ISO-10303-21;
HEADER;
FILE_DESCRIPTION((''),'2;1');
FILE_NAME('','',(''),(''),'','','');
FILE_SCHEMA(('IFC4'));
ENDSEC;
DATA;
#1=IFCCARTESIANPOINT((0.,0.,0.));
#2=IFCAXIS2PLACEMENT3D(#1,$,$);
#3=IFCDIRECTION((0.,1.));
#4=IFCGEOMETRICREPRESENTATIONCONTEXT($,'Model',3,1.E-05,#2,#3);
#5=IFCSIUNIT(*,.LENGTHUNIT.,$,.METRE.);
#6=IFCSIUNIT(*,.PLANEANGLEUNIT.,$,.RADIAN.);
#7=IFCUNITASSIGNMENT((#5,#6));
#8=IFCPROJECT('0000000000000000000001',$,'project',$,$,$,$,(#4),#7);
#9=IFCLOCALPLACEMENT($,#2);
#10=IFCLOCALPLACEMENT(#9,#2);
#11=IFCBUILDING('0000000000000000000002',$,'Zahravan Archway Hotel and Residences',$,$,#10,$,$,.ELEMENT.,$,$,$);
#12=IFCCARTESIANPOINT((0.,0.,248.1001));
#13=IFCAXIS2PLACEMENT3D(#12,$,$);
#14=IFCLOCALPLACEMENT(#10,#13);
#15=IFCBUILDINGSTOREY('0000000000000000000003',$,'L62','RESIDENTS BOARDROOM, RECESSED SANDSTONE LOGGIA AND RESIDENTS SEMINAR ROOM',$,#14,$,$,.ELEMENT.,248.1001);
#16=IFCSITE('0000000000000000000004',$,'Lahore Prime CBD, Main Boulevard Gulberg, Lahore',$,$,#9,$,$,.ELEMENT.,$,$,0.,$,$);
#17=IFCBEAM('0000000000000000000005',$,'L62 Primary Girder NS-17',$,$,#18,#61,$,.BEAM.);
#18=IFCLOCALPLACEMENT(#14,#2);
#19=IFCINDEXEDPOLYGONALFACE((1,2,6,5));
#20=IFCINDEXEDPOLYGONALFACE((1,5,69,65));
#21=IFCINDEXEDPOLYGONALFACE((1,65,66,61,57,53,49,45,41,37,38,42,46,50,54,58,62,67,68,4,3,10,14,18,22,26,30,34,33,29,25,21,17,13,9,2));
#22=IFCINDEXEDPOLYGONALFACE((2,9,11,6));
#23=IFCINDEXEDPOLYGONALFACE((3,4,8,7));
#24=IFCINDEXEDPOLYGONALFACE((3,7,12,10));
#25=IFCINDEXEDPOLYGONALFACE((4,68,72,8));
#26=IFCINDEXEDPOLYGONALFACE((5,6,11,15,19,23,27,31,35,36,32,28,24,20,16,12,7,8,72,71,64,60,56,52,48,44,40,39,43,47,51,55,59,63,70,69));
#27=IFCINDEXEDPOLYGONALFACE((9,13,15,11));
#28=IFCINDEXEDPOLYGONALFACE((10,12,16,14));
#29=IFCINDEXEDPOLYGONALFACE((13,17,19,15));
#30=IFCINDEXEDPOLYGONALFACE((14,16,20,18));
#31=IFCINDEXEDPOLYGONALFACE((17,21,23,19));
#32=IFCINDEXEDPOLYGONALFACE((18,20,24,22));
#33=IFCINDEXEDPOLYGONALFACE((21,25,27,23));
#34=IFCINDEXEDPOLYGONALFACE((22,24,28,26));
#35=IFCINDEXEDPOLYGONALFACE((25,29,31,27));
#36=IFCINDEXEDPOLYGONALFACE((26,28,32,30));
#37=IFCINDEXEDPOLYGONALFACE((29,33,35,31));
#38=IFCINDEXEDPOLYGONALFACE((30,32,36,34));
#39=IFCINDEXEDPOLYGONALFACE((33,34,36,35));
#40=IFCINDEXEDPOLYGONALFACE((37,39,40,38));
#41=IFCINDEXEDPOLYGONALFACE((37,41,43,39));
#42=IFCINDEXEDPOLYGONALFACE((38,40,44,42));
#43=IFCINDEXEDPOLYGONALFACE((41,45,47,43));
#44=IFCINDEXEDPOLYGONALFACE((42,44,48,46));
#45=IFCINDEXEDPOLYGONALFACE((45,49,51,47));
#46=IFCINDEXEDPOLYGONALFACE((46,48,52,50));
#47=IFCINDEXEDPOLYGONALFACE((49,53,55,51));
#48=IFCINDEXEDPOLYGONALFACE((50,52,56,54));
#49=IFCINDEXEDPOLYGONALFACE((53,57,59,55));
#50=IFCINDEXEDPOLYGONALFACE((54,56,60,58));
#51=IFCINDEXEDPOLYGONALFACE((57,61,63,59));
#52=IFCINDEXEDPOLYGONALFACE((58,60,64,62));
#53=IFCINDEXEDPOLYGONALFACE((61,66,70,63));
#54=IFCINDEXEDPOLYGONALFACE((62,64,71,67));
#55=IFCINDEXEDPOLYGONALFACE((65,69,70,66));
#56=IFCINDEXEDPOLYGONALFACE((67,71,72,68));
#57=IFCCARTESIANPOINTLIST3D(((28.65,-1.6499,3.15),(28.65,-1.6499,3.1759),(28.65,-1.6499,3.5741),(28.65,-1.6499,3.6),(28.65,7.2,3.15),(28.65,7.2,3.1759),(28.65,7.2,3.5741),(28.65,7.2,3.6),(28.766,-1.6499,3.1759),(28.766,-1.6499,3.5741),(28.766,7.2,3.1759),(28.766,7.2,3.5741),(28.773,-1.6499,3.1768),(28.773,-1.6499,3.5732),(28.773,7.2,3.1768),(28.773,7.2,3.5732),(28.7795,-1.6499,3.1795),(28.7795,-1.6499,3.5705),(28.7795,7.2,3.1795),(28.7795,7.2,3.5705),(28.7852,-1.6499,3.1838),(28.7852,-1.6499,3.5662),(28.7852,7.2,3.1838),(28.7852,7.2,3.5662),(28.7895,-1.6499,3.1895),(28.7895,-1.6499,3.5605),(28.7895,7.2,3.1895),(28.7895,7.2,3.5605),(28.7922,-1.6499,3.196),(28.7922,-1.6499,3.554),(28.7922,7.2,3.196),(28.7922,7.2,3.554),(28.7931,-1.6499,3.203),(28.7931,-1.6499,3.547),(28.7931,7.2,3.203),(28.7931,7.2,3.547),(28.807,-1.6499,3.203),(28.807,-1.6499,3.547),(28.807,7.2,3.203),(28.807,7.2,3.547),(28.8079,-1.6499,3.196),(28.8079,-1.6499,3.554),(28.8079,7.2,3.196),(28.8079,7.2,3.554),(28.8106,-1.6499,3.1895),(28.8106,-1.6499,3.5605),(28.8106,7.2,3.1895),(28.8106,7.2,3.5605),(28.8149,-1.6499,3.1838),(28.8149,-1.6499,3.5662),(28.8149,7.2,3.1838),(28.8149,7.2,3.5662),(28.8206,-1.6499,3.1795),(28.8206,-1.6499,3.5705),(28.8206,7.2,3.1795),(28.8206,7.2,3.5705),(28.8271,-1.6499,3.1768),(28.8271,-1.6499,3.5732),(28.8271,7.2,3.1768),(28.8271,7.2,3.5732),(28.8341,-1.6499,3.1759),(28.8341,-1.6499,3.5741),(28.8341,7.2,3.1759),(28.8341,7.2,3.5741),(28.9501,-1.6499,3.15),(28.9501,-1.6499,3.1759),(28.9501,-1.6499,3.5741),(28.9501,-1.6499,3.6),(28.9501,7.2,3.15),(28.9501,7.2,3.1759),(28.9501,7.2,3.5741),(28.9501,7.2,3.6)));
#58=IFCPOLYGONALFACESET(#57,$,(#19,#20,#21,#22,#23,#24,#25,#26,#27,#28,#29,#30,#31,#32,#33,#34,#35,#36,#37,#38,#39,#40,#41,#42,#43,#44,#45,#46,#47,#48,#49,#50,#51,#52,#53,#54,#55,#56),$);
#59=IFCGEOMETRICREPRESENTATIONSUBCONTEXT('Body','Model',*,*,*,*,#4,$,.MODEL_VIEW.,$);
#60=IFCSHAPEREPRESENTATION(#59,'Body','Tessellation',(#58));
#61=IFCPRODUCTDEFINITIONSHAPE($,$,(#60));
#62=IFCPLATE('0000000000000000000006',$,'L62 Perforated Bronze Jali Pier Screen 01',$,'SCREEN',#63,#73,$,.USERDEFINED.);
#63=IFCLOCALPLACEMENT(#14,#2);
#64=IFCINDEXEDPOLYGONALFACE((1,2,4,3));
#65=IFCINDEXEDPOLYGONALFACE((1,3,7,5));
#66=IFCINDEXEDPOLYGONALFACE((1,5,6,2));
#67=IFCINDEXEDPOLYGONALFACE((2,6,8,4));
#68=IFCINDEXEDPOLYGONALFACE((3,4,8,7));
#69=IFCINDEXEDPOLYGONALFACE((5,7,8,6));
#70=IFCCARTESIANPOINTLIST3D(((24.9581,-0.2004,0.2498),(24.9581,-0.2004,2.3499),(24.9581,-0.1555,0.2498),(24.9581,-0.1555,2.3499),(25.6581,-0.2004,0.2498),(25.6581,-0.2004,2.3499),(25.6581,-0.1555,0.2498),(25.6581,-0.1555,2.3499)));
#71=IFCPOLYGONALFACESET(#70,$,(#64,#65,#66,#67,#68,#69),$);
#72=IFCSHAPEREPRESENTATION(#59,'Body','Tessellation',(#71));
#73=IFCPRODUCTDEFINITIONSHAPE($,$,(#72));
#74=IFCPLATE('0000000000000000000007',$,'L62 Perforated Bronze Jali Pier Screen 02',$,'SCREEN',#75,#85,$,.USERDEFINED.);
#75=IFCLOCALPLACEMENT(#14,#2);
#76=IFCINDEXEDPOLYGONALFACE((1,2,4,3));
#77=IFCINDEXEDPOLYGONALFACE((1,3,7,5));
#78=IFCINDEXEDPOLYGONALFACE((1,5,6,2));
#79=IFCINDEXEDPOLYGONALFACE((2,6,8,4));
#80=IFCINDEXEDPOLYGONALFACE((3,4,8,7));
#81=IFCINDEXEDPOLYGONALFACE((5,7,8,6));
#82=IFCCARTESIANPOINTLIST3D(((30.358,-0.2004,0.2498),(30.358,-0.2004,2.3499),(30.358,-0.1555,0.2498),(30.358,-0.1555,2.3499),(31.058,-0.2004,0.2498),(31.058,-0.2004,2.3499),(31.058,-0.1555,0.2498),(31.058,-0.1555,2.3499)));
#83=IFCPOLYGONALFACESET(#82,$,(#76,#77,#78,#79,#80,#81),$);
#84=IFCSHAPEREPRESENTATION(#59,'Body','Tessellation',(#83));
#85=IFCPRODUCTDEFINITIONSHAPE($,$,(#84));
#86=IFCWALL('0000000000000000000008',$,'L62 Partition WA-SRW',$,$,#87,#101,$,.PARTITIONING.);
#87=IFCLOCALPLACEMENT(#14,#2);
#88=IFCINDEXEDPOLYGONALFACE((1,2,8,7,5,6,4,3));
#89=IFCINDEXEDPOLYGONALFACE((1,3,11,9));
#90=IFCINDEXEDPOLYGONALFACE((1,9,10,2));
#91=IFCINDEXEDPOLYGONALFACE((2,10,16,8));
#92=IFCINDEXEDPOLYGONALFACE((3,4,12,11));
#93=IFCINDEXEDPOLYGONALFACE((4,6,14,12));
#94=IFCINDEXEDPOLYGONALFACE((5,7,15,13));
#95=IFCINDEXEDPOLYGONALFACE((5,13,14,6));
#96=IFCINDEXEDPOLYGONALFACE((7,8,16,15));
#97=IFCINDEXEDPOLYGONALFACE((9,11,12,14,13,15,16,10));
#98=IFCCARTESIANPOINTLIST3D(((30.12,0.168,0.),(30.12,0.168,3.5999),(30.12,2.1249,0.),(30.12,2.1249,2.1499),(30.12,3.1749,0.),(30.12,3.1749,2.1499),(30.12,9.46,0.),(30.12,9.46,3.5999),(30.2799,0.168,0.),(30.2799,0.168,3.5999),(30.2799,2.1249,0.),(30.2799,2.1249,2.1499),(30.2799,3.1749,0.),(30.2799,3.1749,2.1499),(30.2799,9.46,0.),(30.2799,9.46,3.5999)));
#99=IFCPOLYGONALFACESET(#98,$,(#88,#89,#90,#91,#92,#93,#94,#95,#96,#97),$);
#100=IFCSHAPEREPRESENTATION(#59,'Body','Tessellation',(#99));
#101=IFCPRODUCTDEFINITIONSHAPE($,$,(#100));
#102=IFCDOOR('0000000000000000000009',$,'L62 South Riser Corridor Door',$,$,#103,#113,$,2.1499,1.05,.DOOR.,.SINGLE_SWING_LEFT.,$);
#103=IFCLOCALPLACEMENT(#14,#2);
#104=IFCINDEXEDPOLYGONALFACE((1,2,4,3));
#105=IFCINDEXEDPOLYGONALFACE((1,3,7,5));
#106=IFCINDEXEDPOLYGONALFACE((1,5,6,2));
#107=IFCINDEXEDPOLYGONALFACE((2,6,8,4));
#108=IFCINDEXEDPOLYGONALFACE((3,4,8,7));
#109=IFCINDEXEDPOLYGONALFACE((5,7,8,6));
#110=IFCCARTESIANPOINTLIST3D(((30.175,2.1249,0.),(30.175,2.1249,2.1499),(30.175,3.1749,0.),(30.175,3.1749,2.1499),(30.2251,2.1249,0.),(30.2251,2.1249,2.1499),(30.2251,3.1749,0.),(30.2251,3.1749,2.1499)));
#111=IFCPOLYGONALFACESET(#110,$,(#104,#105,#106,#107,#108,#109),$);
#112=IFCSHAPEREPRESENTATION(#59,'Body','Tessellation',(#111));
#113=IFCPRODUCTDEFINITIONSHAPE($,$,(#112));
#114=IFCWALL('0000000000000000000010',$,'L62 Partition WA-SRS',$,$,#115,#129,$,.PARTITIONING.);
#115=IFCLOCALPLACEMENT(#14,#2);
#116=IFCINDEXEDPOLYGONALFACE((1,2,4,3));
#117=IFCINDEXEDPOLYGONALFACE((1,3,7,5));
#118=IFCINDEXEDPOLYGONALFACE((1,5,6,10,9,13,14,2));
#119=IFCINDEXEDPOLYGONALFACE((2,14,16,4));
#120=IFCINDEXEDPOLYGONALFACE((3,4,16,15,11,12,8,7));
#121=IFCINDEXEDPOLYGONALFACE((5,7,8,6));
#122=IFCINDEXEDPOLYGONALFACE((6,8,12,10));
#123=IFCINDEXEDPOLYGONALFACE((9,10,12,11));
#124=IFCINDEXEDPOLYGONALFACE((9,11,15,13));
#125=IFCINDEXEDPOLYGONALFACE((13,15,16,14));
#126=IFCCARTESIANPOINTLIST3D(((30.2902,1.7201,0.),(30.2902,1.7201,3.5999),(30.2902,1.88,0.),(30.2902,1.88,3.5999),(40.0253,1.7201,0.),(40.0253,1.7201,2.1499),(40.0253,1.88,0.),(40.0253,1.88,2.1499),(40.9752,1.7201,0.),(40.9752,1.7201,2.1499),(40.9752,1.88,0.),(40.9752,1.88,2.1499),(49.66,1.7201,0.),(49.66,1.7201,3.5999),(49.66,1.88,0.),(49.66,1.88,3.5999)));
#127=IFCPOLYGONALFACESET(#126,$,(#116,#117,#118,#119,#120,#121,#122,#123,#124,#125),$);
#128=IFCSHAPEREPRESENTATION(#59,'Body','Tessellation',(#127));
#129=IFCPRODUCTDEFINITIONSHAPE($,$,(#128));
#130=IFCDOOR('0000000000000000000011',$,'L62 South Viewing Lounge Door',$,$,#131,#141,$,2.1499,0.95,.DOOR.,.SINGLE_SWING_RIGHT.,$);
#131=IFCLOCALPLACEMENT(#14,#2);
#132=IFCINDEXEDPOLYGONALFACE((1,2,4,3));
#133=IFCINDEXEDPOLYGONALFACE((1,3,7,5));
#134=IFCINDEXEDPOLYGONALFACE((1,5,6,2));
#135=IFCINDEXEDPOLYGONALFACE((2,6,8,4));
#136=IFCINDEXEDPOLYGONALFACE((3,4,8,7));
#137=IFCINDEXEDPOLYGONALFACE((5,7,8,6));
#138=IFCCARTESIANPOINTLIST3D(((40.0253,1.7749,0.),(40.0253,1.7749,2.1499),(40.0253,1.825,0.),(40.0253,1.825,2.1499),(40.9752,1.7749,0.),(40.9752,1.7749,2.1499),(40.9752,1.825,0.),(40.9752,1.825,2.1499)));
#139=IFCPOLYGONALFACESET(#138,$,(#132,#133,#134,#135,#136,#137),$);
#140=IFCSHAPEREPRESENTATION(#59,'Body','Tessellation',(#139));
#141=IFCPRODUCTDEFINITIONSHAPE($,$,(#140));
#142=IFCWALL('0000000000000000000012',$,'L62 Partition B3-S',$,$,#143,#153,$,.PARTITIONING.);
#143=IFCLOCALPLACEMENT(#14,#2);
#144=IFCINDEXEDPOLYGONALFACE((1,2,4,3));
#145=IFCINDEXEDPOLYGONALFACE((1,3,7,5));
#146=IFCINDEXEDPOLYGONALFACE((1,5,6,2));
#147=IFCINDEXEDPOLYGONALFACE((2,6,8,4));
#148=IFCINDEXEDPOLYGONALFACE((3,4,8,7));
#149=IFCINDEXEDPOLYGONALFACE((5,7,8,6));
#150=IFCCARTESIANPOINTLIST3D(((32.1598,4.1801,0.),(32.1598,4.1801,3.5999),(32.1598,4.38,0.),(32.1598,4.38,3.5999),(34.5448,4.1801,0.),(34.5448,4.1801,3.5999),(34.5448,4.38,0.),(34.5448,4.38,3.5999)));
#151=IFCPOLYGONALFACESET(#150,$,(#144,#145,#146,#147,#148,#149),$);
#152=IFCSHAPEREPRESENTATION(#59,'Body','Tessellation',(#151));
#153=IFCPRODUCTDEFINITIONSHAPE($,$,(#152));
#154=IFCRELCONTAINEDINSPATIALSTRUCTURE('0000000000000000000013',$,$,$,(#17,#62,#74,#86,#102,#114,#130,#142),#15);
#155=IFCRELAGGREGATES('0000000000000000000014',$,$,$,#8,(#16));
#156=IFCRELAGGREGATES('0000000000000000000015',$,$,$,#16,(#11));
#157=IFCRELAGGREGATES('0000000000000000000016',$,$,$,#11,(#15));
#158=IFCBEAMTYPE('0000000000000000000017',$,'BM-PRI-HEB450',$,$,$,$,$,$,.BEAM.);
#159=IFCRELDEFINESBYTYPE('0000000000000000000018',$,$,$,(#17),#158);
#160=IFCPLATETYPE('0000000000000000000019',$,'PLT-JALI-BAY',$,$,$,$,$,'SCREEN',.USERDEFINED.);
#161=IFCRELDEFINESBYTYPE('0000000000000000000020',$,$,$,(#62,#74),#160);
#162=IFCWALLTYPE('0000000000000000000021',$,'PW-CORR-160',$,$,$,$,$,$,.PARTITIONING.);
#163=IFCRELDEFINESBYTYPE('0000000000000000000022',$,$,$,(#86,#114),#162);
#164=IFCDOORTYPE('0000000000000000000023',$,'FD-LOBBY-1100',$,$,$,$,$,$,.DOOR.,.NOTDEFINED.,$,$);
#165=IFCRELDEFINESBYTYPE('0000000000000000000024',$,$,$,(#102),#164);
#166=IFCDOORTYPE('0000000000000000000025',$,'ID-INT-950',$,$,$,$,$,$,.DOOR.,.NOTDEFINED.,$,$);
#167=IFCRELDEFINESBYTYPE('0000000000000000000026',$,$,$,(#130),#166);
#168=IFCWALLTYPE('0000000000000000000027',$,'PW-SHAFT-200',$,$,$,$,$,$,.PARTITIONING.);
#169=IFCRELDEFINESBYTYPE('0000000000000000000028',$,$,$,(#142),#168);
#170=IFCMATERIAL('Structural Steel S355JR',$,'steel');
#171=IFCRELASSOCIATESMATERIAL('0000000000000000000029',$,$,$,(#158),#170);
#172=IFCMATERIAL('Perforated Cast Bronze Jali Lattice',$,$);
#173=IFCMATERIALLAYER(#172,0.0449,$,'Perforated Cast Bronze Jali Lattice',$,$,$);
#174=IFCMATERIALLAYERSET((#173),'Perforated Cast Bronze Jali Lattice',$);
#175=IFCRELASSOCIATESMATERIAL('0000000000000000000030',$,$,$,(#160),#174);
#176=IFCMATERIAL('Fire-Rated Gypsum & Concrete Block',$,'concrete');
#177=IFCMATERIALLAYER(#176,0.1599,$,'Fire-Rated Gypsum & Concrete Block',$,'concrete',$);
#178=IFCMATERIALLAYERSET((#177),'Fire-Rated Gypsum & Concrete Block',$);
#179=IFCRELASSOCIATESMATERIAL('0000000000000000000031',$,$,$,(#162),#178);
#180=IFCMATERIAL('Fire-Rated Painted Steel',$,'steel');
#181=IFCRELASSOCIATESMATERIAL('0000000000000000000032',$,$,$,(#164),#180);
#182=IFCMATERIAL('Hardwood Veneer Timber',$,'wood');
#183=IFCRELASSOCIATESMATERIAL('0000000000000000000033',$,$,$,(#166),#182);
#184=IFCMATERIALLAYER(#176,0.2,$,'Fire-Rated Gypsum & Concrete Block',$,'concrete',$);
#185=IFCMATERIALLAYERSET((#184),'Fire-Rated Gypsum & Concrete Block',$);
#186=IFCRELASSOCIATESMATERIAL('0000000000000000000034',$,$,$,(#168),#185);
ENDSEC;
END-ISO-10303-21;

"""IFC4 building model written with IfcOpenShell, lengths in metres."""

from ifc_helpers import new_model, si_unit, direction, frame, frame_2d, origin, origin_2d, place, context, subcontext, project, spatial, rectangle, i_section, extrude, source, transform, mapped, material, layer, layer_set, material_profile, profile_set, type_object, type_shapes, element, fill, save


model = new_model("IFC4")

# Units and contexts
model_context = context("Model", 3, precision=1e-05, world=origin(), true_north=direction((0.0, 1.0)))
body_context = subcontext(model_context, "Body", "Model", "MODEL_VIEW")
ifc_project = project(units=[si_unit("LENGTHUNIT", "METRE"), si_unit("PLANEANGLEUNIT", "RADIAN")], contexts=[model_context])

# Site, building, storey
site_placement = place(None, origin())
site = spatial("IfcSite", under=ifc_project, at=site_placement, Name="Lahore Prime CBD, Main Boulevard Gulberg, Lahore", CompositionType="ELEMENT", RefElevation=0.0)
building_placement = place(site_placement, origin())
building = spatial("IfcBuilding", under=site, at=building_placement, Name="Zahravan Archway Hotel and Residences", CompositionType="ELEMENT")
storey_placement = place(building_placement, frame((0.0, 0.0, 248.1001)))
storey = spatial("IfcBuildingStorey", under=building, at=storey_placement, Name="L62", Description="RESIDENTS BOARDROOM, RECESSED SANDSTONE LOGGIA AND RESIDENTS SEMINAR ROOM", CompositionType="ELEMENT", Elevation=248.1001)

# Beam
ifc_material_1 = material(Name="Structural Steel S355JR", Category="steel")
ifc_material_profile_1 = material_profile(ifc_material_1, i_section(OverallWidth=0.3, OverallDepth=0.45, WebThickness=0.0139, FlangeThickness=0.0259, FilletRadius=0.0271, at=origin_2d()), Name="HEB 450", Category="steel")
ifc_profile_set_1 = profile_set([ifc_material_profile_1], Name="Structural Steel S355JR")
beam_type_1 = type_object("IfcBeamType", Name="BM-PRI-HEB450", PredefinedType="BEAM", material=ifc_profile_set_1)
shared_shape_1 = source(origin(), body_context, "Body", "SweptSolid", [
    extrude(i_section(OverallWidth=0.3, OverallDepth=0.45, WebThickness=0.0139, FlangeThickness=0.0259, FilletRadius=0.0271, at=origin_2d()), origin(), (0.0, 0.0, 1.0), 8.8499),
])
for number, where, z_axis, x_axis, name in (
    (1, (28.8, -1.6499, 3.375), (0.0, 1.0, 0.0), (-1.0, 0.0, 0.0), "L62 Primary Girder NS-17"),
):
    element("IfcBeam", number, at=place(storey_placement, frame(where, z_axis=z_axis, x_axis=x_axis)), inside=storey, type_object=beam_type_1, Name=name, PredefinedType="BEAM", context=body_context, shape_type="MappedRepresentation", body=[
        mapped(shared_shape_1, transform((0.0, 0.0, 0.0), scale=1.0)),
    ])

# Plates
ifc_material_2 = material(Name="Perforated Cast Bronze Jali Lattice")
ifc_layer_1 = layer(ifc_material_2, 0.0449, Name="Perforated Cast Bronze Jali Lattice")
ifc_layer_set_1 = layer_set([ifc_layer_1], Name="Perforated Cast Bronze Jali Lattice")
plate_type = type_object("IfcPlateType", Name="PLT-JALI-BAY", ElementType="SCREEN", PredefinedType="USERDEFINED", material=ifc_layer_set_1)
shared_shape_2 = source(origin(), body_context, "Body", "SweptSolid", [
    extrude(rectangle(XDim=0.7, YDim=0.0449, at=origin_2d()), origin(), (0.0, 0.0, 1.0), 2.1001),
])
type_shapes(plate_type, [shared_shape_2])
for number, where, z_axis, x_axis, name in (
    (2, (25.3081, -0.178, 0.2498), (0.0, 0.0, 1.0), (1.0, 0.0, 0.0), "L62 Perforated Bronze Jali Pier Screen 01"),
    (3, (30.708, -0.178, 0.2498), (0.0, 0.0, 1.0), (1.0, 0.0, 0.0), "L62 Perforated Bronze Jali Pier Screen 02"),
):
    element("IfcPlate", number, at=place(storey_placement, frame(where, z_axis=z_axis, x_axis=x_axis)), inside=storey, type_object=plate_type, Name=name, ObjectType="SCREEN", PredefinedType="USERDEFINED", context=body_context, shape_type="MappedRepresentation", body=[
        mapped(shared_shape_2, transform((0.0, 0.0, 0.0), scale=1.0)),
    ])

# Walls, openings, doors
ifc_material_3 = material(Name="Fire-Rated Gypsum & Concrete Block", Category="concrete")
ifc_layer_2 = layer(ifc_material_3, 0.1599, Name="Fire-Rated Gypsum & Concrete Block", Category="concrete")
ifc_layer_set_2 = layer_set([ifc_layer_2], Name="Fire-Rated Gypsum & Concrete Block")
wall_type_1 = type_object("IfcWallType", Name="PW-CORR-160", PredefinedType="PARTITIONING", material=ifc_layer_set_2)
wall_1_placement = place(storey_placement, frame((30.2, 0.168, 0.0), z_axis=(0.0, 0.0, 1.0), x_axis=(0.0, 1.0, 0.0)))
wall_1 = element("IfcWall", 4, at=wall_1_placement, inside=storey, type_object=wall_type_1, Name="L62 Partition WA-SRW", PredefinedType="PARTITIONING", context=body_context, shape_type="SweptSolid", body=[
    extrude(rectangle(XDim=9.292, YDim=0.1599, at=frame_2d((4.646, 0.0))), origin(), (0.0, 0.0, 1.0), 3.5999),
])
opening_1_placement = place(wall_1_placement, frame((1.957, 0.0, 0.0)))
opening_1 = element("IfcOpeningElement", 5, at=opening_1_placement, cuts=wall_1, PredefinedType="OPENING", context=body_context, shape_type="SweptSolid", body=[
    extrude(rectangle(XDim=1.05, YDim=2.1499, at=frame_2d((0.5249, 1.075))), frame((0.0, 0.0898, 0.0), z_axis=(0.0, -1.0, 0.0), x_axis=(1.0, 0.0, 0.0)), (0.0, 0.0, 1.0), 0.1799),
])
ifc_material_4 = material(Name="Fire-Rated Painted Steel", Category="steel")
door_type_1 = type_object("IfcDoorType", Name="FD-LOBBY-1100", OperationType="NOTDEFINED", PredefinedType="DOOR", material=ifc_material_4)
shared_shape_3 = source(origin(), body_context, "Body", "SweptSolid", [
    extrude(rectangle(XDim=1.05, YDim=2.1499, at=frame_2d((0.5249, 1.075))), frame((0.0, 0.0249, 0.0), z_axis=(0.0, -1.0, 0.0), x_axis=(1.0, 0.0, 0.0)), (0.0, 0.0, 1.0), 0.05),
])
type_shapes(door_type_1, [shared_shape_3])
door_1_placement = place(opening_1_placement, origin())
door_1 = element("IfcDoor", 6, at=door_1_placement, inside=storey, type_object=door_type_1, Name="L62 South Riser Corridor Door", OperationType="SINGLE_SWING_LEFT", OverallHeight=2.1499, OverallWidth=1.05, PredefinedType="DOOR", context=body_context, shape_type="MappedRepresentation", body=[
    mapped(shared_shape_3, transform((0.0, 0.0, 0.0), scale=1.0)),
])
fill(opening_1, door_1)
wall_2_placement = place(storey_placement, frame((30.29, 1.8, 0.0), z_axis=(0.0, 0.0, 1.0), x_axis=(1.0, 0.0, 0.0)))
wall_2 = element("IfcWall", 7, at=wall_2_placement, inside=storey, type_object=wall_type_1, Name="L62 Partition WA-SRS", PredefinedType="PARTITIONING", context=body_context, shape_type="SweptSolid", body=[
    extrude(rectangle(XDim=19.3699, YDim=0.1599, at=frame_2d((9.6851, 0.0))), origin(), (0.0, 0.0, 1.0), 3.5999),
])
opening_2_placement = place(wall_2_placement, frame((9.7351, 0.0, 0.0)))
opening_2 = element("IfcOpeningElement", 8, at=opening_2_placement, cuts=wall_2, PredefinedType="OPENING", context=body_context, shape_type="SweptSolid", body=[
    extrude(rectangle(XDim=0.95, YDim=2.1499, at=frame_2d((0.4751, 1.075))), frame((0.0, 0.0898, 0.0), z_axis=(0.0, -1.0, 0.0), x_axis=(1.0, 0.0, 0.0)), (0.0, 0.0, 1.0), 0.1799),
])
ifc_material_5 = material(Name="Hardwood Veneer Timber", Category="wood")
door_type_2 = type_object("IfcDoorType", Name="ID-INT-950", OperationType="NOTDEFINED", PredefinedType="DOOR", material=ifc_material_5)
shared_shape_4 = source(origin(), body_context, "Body", "SweptSolid", [
    extrude(rectangle(XDim=0.95, YDim=2.1499, at=frame_2d((0.4751, 1.075))), frame((0.0, 0.0249, 0.0), z_axis=(0.0, -1.0, 0.0), x_axis=(1.0, 0.0, 0.0)), (0.0, 0.0, 1.0), 0.05),
])
type_shapes(door_type_2, [shared_shape_4])
door_2_placement = place(opening_2_placement, origin())
door_2 = element("IfcDoor", 9, at=door_2_placement, inside=storey, type_object=door_type_2, Name="L62 South Viewing Lounge Door", OperationType="SINGLE_SWING_RIGHT", OverallHeight=2.1499, OverallWidth=0.95, PredefinedType="DOOR", context=body_context, shape_type="MappedRepresentation", body=[
    mapped(shared_shape_4, transform((0.0, 0.0, 0.0), scale=1.0)),
])
fill(opening_2, door_2)

# Wall
ifc_layer_3 = layer(ifc_material_3, 0.2, Name="Fire-Rated Gypsum & Concrete Block", Category="concrete")
ifc_layer_set_3 = layer_set([ifc_layer_3], Name="Fire-Rated Gypsum & Concrete Block")
wall_type_2 = type_object("IfcWallType", Name="PW-SHAFT-200", PredefinedType="PARTITIONING", material=ifc_layer_set_3)
wall_3_placement = place(storey_placement, frame((32.1599, 4.28, 0.0), z_axis=(0.0, 0.0, 1.0), x_axis=(1.0, 0.0, 0.0)))
element("IfcWall", 10, at=wall_3_placement, inside=storey, type_object=wall_type_2, Name="L62 Partition B3-S", PredefinedType="PARTITIONING", context=body_context, shape_type="SweptSolid", body=[
    extrude(rectangle(XDim=2.385, YDim=0.2, at=frame_2d((1.1924, 0.0))), origin(), (0.0, 0.0, 1.0), 3.5999),
])

save(model, "model.ifc")
